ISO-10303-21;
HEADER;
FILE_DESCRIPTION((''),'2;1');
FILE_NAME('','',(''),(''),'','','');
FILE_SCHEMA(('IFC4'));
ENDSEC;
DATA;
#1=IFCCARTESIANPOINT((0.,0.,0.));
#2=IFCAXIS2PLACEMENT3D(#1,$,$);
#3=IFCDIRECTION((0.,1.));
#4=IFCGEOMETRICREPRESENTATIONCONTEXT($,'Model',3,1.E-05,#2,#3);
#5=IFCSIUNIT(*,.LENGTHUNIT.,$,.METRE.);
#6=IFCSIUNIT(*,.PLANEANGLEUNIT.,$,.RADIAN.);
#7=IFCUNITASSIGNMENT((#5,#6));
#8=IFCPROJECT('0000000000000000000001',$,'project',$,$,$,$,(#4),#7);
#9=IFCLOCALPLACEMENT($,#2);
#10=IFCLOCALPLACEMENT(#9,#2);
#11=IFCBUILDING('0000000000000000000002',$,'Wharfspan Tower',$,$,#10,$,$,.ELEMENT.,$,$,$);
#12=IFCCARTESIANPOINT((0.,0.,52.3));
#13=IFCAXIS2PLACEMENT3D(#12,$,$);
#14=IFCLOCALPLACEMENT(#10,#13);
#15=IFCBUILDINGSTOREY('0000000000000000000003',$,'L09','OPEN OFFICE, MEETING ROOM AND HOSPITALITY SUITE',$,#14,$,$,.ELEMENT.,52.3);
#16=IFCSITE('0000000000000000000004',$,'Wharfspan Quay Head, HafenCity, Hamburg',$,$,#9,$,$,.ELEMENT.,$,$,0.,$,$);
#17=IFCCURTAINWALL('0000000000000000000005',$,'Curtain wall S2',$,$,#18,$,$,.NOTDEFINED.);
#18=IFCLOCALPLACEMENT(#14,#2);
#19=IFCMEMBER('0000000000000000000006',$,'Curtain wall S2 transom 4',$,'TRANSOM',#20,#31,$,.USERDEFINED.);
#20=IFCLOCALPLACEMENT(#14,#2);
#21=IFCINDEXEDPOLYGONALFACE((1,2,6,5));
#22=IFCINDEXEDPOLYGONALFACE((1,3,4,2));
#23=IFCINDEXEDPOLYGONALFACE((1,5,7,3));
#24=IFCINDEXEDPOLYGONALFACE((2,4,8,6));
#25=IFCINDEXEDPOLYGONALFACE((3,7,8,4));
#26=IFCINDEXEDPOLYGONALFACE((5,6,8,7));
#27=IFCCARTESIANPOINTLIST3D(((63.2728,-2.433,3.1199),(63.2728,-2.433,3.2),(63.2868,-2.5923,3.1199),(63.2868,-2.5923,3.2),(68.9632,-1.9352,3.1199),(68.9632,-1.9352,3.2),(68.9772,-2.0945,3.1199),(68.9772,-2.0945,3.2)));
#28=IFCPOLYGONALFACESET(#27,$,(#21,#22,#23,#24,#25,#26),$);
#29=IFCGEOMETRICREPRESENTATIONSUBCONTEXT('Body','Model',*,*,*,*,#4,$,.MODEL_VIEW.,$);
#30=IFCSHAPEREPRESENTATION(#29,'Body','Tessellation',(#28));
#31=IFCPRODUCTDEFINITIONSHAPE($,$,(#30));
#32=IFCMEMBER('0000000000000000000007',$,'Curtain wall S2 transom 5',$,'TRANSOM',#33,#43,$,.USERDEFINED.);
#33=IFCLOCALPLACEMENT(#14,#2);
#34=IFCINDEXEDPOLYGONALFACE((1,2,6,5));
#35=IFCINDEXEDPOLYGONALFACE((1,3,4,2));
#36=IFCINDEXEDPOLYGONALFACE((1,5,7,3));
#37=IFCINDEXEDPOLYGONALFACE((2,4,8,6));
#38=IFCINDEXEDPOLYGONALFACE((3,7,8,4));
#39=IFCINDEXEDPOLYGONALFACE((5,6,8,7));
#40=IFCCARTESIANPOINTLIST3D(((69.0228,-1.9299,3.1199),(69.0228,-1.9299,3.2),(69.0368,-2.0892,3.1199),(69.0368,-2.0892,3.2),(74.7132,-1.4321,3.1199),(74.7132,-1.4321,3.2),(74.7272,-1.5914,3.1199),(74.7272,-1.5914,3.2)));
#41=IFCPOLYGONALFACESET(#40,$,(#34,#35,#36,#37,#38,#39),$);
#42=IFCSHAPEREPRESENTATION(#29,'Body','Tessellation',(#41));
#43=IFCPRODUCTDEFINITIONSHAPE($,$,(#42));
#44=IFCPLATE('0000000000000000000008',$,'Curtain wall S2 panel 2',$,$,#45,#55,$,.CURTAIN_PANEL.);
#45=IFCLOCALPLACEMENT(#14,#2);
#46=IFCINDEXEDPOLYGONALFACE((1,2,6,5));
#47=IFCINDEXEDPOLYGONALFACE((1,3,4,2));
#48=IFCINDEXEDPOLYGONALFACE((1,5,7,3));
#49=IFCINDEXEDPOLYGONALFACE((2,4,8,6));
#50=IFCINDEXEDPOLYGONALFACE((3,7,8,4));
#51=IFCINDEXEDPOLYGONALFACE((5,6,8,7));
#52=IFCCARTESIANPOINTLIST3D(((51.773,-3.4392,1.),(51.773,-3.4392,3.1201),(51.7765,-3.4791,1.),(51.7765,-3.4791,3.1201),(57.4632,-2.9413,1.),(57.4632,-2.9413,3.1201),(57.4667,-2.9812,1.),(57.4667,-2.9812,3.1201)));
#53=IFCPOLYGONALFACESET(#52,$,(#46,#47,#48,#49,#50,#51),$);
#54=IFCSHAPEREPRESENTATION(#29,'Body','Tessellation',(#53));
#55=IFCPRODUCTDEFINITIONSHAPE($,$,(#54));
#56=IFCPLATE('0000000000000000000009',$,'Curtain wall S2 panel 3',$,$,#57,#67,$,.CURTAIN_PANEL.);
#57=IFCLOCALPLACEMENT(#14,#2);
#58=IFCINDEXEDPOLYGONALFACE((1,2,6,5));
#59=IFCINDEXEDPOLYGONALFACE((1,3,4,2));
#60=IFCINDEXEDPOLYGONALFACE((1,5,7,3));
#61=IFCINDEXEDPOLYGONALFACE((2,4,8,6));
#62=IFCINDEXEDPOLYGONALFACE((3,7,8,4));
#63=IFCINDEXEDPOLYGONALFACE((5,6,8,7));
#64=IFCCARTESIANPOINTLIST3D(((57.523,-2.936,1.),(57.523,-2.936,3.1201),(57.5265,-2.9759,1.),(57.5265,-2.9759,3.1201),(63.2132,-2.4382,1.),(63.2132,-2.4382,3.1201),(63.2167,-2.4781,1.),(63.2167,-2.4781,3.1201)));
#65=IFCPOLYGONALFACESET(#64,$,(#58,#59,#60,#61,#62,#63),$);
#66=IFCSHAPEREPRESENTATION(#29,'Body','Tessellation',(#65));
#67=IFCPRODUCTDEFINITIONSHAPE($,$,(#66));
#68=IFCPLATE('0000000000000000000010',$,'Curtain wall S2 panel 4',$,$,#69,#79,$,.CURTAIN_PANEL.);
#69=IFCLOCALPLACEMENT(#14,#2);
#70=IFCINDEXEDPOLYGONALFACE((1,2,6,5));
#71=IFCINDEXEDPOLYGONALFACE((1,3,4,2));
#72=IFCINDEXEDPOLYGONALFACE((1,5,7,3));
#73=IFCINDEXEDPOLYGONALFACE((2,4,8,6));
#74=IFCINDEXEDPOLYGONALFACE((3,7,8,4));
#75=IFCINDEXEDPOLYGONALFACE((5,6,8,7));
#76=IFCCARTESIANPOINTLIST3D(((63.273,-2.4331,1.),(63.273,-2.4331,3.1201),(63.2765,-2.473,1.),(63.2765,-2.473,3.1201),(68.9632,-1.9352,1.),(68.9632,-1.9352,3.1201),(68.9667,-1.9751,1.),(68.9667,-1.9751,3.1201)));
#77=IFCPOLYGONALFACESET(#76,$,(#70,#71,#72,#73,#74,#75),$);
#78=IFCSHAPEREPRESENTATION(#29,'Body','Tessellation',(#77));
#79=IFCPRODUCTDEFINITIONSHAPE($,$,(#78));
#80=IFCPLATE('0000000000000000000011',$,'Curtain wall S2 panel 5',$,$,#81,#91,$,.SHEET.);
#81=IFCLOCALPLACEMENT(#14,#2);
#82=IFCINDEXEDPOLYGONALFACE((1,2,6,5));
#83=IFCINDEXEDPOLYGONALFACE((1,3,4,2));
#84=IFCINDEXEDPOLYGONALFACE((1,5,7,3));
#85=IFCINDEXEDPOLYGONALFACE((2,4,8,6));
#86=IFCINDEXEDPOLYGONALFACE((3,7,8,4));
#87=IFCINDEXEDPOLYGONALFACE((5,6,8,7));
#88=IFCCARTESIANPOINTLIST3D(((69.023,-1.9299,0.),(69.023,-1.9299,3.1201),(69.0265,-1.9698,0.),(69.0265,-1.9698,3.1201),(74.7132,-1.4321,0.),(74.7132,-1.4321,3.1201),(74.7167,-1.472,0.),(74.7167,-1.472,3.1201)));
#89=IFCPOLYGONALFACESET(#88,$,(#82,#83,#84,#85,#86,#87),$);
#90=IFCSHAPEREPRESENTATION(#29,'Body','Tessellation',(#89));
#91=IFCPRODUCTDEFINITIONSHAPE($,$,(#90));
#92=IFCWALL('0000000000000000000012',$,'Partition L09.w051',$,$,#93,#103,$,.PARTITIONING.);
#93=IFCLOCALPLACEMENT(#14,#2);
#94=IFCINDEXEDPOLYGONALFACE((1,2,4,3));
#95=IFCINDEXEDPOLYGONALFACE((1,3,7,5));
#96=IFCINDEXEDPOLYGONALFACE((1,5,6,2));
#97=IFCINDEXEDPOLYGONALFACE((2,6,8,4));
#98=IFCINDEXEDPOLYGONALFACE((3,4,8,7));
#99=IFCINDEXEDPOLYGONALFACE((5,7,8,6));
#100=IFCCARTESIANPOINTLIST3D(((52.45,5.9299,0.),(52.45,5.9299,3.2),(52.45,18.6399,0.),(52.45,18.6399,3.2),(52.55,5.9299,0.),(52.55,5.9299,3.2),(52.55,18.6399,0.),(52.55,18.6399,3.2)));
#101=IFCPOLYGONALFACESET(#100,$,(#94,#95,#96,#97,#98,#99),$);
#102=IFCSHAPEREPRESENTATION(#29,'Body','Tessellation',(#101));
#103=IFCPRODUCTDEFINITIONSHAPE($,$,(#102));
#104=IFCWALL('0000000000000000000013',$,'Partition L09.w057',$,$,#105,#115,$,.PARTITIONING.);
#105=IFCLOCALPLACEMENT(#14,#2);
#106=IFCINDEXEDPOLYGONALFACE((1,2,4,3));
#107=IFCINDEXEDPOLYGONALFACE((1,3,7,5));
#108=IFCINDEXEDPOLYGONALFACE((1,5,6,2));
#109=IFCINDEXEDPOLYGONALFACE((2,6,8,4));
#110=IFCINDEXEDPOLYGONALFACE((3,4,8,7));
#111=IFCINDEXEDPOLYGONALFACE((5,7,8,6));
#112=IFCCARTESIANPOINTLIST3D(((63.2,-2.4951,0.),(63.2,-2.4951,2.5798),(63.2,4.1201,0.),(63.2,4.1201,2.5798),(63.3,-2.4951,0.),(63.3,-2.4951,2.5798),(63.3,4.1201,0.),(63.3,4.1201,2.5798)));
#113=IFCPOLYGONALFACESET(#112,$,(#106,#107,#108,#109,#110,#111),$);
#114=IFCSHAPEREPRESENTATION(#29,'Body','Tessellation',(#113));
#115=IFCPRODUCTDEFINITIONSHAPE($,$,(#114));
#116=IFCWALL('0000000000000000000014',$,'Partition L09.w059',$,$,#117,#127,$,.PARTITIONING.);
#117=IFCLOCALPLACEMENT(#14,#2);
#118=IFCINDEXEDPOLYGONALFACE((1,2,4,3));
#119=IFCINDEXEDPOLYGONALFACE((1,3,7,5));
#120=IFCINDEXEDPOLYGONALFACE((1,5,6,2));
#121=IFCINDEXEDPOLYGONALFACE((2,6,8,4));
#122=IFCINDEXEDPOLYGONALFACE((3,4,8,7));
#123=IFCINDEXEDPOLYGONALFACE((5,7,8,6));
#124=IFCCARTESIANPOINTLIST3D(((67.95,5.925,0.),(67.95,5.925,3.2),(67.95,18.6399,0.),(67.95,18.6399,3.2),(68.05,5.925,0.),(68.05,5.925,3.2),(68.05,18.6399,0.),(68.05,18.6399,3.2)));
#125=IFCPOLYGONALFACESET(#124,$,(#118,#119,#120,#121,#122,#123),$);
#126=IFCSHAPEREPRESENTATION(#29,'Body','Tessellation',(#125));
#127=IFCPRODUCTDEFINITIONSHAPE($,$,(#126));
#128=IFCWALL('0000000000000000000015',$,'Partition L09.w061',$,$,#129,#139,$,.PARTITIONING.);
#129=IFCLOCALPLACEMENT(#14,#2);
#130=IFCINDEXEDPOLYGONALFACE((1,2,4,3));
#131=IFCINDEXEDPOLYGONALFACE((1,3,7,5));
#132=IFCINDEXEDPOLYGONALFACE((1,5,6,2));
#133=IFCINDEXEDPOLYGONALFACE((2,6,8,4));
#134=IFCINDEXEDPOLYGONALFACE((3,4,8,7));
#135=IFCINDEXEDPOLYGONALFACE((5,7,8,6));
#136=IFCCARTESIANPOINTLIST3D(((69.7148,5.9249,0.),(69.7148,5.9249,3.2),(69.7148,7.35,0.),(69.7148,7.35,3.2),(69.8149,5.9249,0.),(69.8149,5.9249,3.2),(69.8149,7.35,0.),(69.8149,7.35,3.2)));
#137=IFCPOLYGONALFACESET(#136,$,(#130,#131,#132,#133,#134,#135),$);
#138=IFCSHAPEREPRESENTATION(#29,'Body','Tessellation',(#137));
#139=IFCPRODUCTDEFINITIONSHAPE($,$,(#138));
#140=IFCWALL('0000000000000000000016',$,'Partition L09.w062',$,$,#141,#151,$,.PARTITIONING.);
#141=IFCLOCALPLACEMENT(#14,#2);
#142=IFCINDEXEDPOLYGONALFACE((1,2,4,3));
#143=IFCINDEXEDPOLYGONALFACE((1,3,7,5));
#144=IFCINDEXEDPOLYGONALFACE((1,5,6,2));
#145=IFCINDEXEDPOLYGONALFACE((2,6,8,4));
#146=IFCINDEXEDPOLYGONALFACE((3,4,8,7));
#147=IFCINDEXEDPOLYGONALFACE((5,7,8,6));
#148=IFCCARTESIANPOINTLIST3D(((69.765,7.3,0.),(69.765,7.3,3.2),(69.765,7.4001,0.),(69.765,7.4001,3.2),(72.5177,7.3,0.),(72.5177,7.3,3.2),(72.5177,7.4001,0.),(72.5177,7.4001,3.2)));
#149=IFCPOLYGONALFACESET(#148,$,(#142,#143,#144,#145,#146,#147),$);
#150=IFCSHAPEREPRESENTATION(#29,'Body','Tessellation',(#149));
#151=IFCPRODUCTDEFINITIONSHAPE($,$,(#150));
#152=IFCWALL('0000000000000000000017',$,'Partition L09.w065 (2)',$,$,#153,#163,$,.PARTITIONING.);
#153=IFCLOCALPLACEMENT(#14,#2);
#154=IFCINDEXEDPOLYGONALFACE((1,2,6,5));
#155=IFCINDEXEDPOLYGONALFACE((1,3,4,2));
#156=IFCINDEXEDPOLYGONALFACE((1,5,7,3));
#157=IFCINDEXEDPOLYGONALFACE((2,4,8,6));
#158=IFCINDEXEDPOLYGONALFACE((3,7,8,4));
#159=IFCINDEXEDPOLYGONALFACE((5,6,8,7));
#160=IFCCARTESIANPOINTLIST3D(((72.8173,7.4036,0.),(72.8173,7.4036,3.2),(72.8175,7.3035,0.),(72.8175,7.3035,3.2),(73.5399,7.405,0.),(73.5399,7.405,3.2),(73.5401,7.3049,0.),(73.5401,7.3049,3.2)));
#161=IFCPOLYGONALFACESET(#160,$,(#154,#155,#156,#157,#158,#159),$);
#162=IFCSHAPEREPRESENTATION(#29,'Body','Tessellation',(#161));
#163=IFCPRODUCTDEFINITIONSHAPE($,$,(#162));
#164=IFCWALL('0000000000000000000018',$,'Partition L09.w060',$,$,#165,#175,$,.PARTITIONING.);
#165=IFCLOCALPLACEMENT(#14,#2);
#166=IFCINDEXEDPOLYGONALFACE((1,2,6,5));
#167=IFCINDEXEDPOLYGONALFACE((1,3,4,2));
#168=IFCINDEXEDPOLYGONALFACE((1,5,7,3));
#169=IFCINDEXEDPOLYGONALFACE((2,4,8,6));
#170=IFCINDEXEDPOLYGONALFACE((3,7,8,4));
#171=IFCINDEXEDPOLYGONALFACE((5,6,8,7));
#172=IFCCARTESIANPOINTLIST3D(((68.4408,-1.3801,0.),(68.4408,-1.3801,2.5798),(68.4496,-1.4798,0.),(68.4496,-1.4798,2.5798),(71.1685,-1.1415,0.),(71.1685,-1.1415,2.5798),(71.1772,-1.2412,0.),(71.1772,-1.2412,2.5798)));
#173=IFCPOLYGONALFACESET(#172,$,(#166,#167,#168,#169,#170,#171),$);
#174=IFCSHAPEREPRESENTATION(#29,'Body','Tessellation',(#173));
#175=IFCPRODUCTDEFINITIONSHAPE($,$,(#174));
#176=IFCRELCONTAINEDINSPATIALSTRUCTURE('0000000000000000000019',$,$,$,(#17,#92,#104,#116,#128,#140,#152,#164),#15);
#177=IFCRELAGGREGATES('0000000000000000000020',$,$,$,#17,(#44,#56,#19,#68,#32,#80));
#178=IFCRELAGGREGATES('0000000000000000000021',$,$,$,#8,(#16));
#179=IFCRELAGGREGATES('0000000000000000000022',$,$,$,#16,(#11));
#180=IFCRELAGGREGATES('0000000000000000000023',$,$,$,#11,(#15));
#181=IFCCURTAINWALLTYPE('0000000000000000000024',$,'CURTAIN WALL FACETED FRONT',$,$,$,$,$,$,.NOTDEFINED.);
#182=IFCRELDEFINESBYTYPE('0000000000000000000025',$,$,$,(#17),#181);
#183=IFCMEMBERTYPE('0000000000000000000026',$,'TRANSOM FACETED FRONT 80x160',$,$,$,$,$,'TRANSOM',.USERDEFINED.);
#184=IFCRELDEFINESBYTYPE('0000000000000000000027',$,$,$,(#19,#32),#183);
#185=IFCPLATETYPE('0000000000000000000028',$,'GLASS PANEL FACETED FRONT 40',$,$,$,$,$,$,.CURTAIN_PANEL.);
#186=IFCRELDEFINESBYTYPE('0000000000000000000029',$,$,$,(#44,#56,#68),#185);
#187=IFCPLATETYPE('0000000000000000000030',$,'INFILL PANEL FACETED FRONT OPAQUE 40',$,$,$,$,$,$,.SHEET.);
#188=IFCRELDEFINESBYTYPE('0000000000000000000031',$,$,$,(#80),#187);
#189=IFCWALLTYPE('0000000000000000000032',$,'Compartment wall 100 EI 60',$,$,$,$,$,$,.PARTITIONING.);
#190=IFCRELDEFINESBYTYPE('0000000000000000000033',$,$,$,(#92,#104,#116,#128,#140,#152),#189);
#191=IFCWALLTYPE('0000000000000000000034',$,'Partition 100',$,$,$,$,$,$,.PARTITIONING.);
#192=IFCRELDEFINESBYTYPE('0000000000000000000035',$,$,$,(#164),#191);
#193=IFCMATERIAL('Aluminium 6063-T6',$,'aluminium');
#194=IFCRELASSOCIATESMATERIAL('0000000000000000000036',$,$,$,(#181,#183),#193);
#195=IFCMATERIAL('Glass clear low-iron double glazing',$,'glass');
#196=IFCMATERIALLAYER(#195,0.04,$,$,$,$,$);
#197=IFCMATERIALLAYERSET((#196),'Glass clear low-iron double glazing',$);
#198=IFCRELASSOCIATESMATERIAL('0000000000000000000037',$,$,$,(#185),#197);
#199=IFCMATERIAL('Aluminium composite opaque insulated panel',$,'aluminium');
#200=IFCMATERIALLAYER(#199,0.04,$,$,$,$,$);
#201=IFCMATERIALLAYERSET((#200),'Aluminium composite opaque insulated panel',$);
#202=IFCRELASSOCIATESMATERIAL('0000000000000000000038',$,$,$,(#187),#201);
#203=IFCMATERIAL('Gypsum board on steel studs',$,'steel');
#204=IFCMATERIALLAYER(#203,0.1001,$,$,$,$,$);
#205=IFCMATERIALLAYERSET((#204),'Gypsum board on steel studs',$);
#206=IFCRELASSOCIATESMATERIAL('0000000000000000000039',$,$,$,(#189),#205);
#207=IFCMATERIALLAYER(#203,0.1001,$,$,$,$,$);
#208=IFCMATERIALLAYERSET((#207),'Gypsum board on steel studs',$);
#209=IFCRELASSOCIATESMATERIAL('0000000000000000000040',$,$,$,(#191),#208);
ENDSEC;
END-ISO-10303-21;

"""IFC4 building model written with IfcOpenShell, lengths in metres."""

from ifc_helpers import new_model, si_unit, direction, frame, frame_2d, origin, origin_2d, place, context, subcontext, project, spatial, rectangle, extrude, material, layer, layer_set, material_profile, profile_set, type_object, element, aggregate, save


model = new_model("IFC4")

# Units and contexts
model_context = context("Model", 3, precision=1e-05, world=origin(), true_north=direction((0.0, 1.0)))
body_context = subcontext(model_context, "Body", "Model", "MODEL_VIEW")
ifc_project = project(units=[si_unit("LENGTHUNIT", "METRE"), si_unit("PLANEANGLEUNIT", "RADIAN")], contexts=[model_context])

# Site, building, storey
site_placement = place(None, origin())
site = spatial("IfcSite", under=ifc_project, at=site_placement, Name="Wharfspan Quay Head, HafenCity, Hamburg", CompositionType="ELEMENT", RefElevation=0.0)
building_placement = place(site_placement, origin())
building = spatial("IfcBuilding", under=site, at=building_placement, Name="Wharfspan Tower", CompositionType="ELEMENT")
storey_placement = place(building_placement, frame((0.0, 0.0, 52.3)))
storey = spatial("IfcBuildingStorey", under=building, at=storey_placement, Name="L09", Description="OPEN OFFICE, MEETING ROOM AND HOSPITALITY SUITE", CompositionType="ELEMENT", Elevation=52.3)

# Curtain wall
ifc_material_1 = material(Name="Aluminium 6063-T6", Category="aluminium")
curtain_wall_type = type_object("IfcCurtainWallType", Name="CURTAIN WALL FACETED FRONT", PredefinedType="NOTDEFINED", material=ifc_material_1)
curtain_wall_placement = place(storey_placement, origin())
curtain_wall = element("IfcCurtainWall", 1, at=curtain_wall_placement, inside=storey, type_object=curtain_wall_type, Name="Curtain wall S2", PredefinedType="NOTDEFINED")

# Members
ifc_material_profile_1 = material_profile(ifc_material_1, rectangle(XDim=0.1599, YDim=0.0801, at=origin_2d()))
ifc_profile_set_1 = profile_set([ifc_material_profile_1], Name="Aluminium 6063-T6")
member_type_1 = type_object("IfcMemberType", Name="TRANSOM FACETED FRONT 80x160", ElementType="TRANSOM", PredefinedType="USERDEFINED", material=ifc_profile_set_1)
member_1_placement = place(storey_placement, frame((63.2798, -2.5127, 3.1599), z_axis=(0.996195, 0.087148, 0.0), x_axis=(-0.087148, 0.996195, 0.0)))
member_1 = element("IfcMember", 2, at=member_1_placement, type_object=member_type_1, Name="Curtain wall S2 transom 4", ObjectType="TRANSOM", PredefinedType="USERDEFINED", context=body_context, shape_type="SweptSolid", body=[
    extrude(rectangle(XDim=0.1599, YDim=0.0801, at=origin_2d()), origin(), (0.0, 0.0, 1.0), 5.7122),
])
member_2_placement = place(storey_placement, frame((69.0298, -2.0095, 3.1599), z_axis=(0.996195, 0.087148, 0.0), x_axis=(-0.087148, 0.996195, 0.0)))
member_2 = element("IfcMember", 3, at=member_2_placement, type_object=member_type_1, Name="Curtain wall S2 transom 5", ObjectType="TRANSOM", PredefinedType="USERDEFINED", context=body_context, shape_type="SweptSolid", body=[
    extrude(rectangle(XDim=0.1599, YDim=0.0801, at=origin_2d()), origin(), (0.0, 0.0, 1.0), 5.7122),
])

# Plates
ifc_material_2 = material(Name="Glass clear low-iron double glazing", Category="glass")
ifc_layer_1 = layer(ifc_material_2, 0.04)
ifc_layer_set_1 = layer_set([ifc_layer_1], Name="Glass clear low-iron double glazing")
plate_type_1 = type_object("IfcPlateType", Name="GLASS PANEL FACETED FRONT 40", PredefinedType="CURTAIN_PANEL", material=ifc_layer_set_1)
plate_1_placement = place(storey_placement, frame((54.6199, -3.2102, 1.0), z_axis=(0.0, 0.0, 1.0), x_axis=(0.996197, 0.087156, 0.0)))
plate_1 = element("IfcPlate", 4, at=plate_1_placement, type_object=plate_type_1, Name="Curtain wall S2 panel 2", PredefinedType="CURTAIN_PANEL", context=body_context, shape_type="SweptSolid", body=[
    extrude(rectangle(XDim=5.7119, YDim=0.04, at=origin_2d()), origin(), (0.0, 0.0, 1.0), 2.1201),
])
plate_2_placement = place(storey_placement, frame((60.3699, -2.707, 1.0), z_axis=(0.0, 0.0, 1.0), x_axis=(0.996197, 0.087156, 0.0)))
plate_2 = element("IfcPlate", 5, at=plate_2_placement, type_object=plate_type_1, Name="Curtain wall S2 panel 3", PredefinedType="CURTAIN_PANEL", context=body_context, shape_type="SweptSolid", body=[
    extrude(rectangle(XDim=5.7119, YDim=0.04, at=origin_2d()), origin(), (0.0, 0.0, 1.0), 2.1201),
])
plate_3_placement = place(storey_placement, frame((66.1199, -2.2041, 1.0), z_axis=(0.0, 0.0, 1.0), x_axis=(0.996197, 0.087156, 0.0)))
plate_3 = element("IfcPlate", 6, at=plate_3_placement, type_object=plate_type_1, Name="Curtain wall S2 panel 4", PredefinedType="CURTAIN_PANEL", context=body_context, shape_type="SweptSolid", body=[
    extrude(rectangle(XDim=5.7119, YDim=0.04, at=origin_2d()), origin(), (0.0, 0.0, 1.0), 2.1201),
])
ifc_material_3 = material(Name="Aluminium composite opaque insulated panel", Category="aluminium")
ifc_layer_2 = layer(ifc_material_3, 0.04)
ifc_layer_set_2 = layer_set([ifc_layer_2], Name="Aluminium composite opaque insulated panel")
plate_type_2 = type_object("IfcPlateType", Name="INFILL PANEL FACETED FRONT OPAQUE 40", PredefinedType="SHEET", material=ifc_layer_set_2)
plate_4_placement = place(storey_placement, frame((71.8699, -1.7009, 0.0), z_axis=(0.0, 0.0, 1.0), x_axis=(0.996197, 0.087156, 0.0)))
plate_4 = element("IfcPlate", 7, at=plate_4_placement, type_object=plate_type_2, Name="Curtain wall S2 panel 5", PredefinedType="SHEET", context=body_context, shape_type="SweptSolid", body=[
    extrude(rectangle(XDim=5.7119, YDim=0.04, at=origin_2d()), origin(), (0.0, 0.0, 1.0), 3.1201),
])
aggregate(curtain_wall, [plate_1, plate_2, member_1, plate_3, member_2, plate_4])

# Walls
ifc_material_4 = material(Name="Gypsum board on steel studs", Category="steel")
ifc_layer_3 = layer(ifc_material_4, 0.1001)
ifc_layer_set_3 = layer_set([ifc_layer_3], Name="Gypsum board on steel studs")
wall_type_1 = type_object("IfcWallType", Name="Compartment wall 100 EI 60", PredefinedType="PARTITIONING", material=ifc_layer_set_3)
wall_1_placement = place(storey_placement, frame((52.5, 5.9299, 0.0), z_axis=(0.0, 0.0, 1.0), x_axis=(0.0, 1.0, 0.0)))
element("IfcWall", 8, at=wall_1_placement, inside=storey, type_object=wall_type_1, Name="Partition L09.w051", PredefinedType="PARTITIONING", context=body_context, shape_type="SweptSolid", body=[
    extrude(rectangle(XDim=12.71, YDim=0.1001, at=frame_2d((6.355, 0.0))), origin(), (0.0, 0.0, 1.0), 3.2),
])
wall_2_placement = place(storey_placement, frame((63.25, -2.4951, 0.0), z_axis=(0.0, 0.0, 1.0), x_axis=(0.0, 1.0, 0.0)))
element("IfcWall", 9, at=wall_2_placement, inside=storey, type_object=wall_type_1, Name="Partition L09.w057", PredefinedType="PARTITIONING", context=body_context, shape_type="SweptSolid", body=[
    extrude(rectangle(XDim=6.6152, YDim=0.1001, at=frame_2d((3.3076, 0.0))), origin(), (0.0, 0.0, 1.0), 2.5798),
])
wall_3_placement = place(storey_placement, frame((68.0, 5.925, 0.0), z_axis=(0.0, 0.0, 1.0), x_axis=(0.0, 1.0, 0.0)))
element("IfcWall", 10, at=wall_3_placement, inside=storey, type_object=wall_type_1, Name="Partition L09.w059", PredefinedType="PARTITIONING", context=body_context, shape_type="SweptSolid", body=[
    extrude(rectangle(XDim=12.7148, YDim=0.1001, at=frame_2d((6.3574, 0.0))), origin(), (0.0, 0.0, 1.0), 3.2),
])
wall_4_placement = place(storey_placement, frame((69.7649, 5.925, 0.0), z_axis=(0.0, 0.0, 1.0), x_axis=(0.0, 1.0, 0.0)))
element("IfcWall", 11, at=wall_4_placement, inside=storey, type_object=wall_type_1, Name="Partition L09.w061", PredefinedType="PARTITIONING", context=body_context, shape_type="SweptSolid", body=[
    extrude(rectangle(XDim=1.425, YDim=0.1001, at=frame_2d((0.7124, 0.0))), origin(), (0.0, 0.0, 1.0), 3.2),
])
wall_5_placement = place(storey_placement, frame((69.7649, 7.3501, 0.0), z_axis=(0.0, 0.0, 1.0), x_axis=(1.0, 0.0, 0.0)))
element("IfcWall", 12, at=wall_5_placement, inside=storey, type_object=wall_type_1, Name="Partition L09.w062", PredefinedType="PARTITIONING", context=body_context, shape_type="SweptSolid", body=[
    extrude(rectangle(XDim=2.7527, YDim=0.1001, at=frame_2d((1.3765, 0.0))), origin(), (0.0, 0.0, 1.0), 3.2),
])
wall_6_placement = place(storey_placement, frame((72.8174, 7.3535, 0.0), z_axis=(0.0, 0.0, 1.0), x_axis=(0.999994, 0.002027, 0.0)))
element("IfcWall", 13, at=wall_6_placement, inside=storey, type_object=wall_type_1, Name="Partition L09.w065 (2)", PredefinedType="PARTITIONING", context=body_context, shape_type="SweptSolid", body=[
    extrude(rectangle(XDim=0.7227, YDim=0.1001, at=frame_2d((0.3613, 0.0))), origin(), (0.0, 0.0, 1.0), 3.2),
])
ifc_layer_4 = layer(ifc_material_4, 0.1001)
ifc_layer_set_4 = layer_set([ifc_layer_4], Name="Gypsum board on steel studs")
wall_type_2 = type_object("IfcWallType", Name="Partition 100", PredefinedType="PARTITIONING", material=ifc_layer_set_4)
wall_7_placement = place(storey_placement, frame((68.4451, -1.4299, 0.0), z_axis=(0.0, 0.0, 1.0), x_axis=(0.996195, 0.087118, 0.0)))
element("IfcWall", 14, at=wall_7_placement, inside=storey, type_object=wall_type_2, Name="Partition L09.w060", PredefinedType="PARTITIONING", context=body_context, shape_type="SweptSolid", body=[
    extrude(rectangle(XDim=2.738, YDim=0.1001, at=frame_2d((1.3691, 0.0))), origin(), (0.0, 0.0, 1.0), 2.5798),
])

save(model, "model.ifc")
